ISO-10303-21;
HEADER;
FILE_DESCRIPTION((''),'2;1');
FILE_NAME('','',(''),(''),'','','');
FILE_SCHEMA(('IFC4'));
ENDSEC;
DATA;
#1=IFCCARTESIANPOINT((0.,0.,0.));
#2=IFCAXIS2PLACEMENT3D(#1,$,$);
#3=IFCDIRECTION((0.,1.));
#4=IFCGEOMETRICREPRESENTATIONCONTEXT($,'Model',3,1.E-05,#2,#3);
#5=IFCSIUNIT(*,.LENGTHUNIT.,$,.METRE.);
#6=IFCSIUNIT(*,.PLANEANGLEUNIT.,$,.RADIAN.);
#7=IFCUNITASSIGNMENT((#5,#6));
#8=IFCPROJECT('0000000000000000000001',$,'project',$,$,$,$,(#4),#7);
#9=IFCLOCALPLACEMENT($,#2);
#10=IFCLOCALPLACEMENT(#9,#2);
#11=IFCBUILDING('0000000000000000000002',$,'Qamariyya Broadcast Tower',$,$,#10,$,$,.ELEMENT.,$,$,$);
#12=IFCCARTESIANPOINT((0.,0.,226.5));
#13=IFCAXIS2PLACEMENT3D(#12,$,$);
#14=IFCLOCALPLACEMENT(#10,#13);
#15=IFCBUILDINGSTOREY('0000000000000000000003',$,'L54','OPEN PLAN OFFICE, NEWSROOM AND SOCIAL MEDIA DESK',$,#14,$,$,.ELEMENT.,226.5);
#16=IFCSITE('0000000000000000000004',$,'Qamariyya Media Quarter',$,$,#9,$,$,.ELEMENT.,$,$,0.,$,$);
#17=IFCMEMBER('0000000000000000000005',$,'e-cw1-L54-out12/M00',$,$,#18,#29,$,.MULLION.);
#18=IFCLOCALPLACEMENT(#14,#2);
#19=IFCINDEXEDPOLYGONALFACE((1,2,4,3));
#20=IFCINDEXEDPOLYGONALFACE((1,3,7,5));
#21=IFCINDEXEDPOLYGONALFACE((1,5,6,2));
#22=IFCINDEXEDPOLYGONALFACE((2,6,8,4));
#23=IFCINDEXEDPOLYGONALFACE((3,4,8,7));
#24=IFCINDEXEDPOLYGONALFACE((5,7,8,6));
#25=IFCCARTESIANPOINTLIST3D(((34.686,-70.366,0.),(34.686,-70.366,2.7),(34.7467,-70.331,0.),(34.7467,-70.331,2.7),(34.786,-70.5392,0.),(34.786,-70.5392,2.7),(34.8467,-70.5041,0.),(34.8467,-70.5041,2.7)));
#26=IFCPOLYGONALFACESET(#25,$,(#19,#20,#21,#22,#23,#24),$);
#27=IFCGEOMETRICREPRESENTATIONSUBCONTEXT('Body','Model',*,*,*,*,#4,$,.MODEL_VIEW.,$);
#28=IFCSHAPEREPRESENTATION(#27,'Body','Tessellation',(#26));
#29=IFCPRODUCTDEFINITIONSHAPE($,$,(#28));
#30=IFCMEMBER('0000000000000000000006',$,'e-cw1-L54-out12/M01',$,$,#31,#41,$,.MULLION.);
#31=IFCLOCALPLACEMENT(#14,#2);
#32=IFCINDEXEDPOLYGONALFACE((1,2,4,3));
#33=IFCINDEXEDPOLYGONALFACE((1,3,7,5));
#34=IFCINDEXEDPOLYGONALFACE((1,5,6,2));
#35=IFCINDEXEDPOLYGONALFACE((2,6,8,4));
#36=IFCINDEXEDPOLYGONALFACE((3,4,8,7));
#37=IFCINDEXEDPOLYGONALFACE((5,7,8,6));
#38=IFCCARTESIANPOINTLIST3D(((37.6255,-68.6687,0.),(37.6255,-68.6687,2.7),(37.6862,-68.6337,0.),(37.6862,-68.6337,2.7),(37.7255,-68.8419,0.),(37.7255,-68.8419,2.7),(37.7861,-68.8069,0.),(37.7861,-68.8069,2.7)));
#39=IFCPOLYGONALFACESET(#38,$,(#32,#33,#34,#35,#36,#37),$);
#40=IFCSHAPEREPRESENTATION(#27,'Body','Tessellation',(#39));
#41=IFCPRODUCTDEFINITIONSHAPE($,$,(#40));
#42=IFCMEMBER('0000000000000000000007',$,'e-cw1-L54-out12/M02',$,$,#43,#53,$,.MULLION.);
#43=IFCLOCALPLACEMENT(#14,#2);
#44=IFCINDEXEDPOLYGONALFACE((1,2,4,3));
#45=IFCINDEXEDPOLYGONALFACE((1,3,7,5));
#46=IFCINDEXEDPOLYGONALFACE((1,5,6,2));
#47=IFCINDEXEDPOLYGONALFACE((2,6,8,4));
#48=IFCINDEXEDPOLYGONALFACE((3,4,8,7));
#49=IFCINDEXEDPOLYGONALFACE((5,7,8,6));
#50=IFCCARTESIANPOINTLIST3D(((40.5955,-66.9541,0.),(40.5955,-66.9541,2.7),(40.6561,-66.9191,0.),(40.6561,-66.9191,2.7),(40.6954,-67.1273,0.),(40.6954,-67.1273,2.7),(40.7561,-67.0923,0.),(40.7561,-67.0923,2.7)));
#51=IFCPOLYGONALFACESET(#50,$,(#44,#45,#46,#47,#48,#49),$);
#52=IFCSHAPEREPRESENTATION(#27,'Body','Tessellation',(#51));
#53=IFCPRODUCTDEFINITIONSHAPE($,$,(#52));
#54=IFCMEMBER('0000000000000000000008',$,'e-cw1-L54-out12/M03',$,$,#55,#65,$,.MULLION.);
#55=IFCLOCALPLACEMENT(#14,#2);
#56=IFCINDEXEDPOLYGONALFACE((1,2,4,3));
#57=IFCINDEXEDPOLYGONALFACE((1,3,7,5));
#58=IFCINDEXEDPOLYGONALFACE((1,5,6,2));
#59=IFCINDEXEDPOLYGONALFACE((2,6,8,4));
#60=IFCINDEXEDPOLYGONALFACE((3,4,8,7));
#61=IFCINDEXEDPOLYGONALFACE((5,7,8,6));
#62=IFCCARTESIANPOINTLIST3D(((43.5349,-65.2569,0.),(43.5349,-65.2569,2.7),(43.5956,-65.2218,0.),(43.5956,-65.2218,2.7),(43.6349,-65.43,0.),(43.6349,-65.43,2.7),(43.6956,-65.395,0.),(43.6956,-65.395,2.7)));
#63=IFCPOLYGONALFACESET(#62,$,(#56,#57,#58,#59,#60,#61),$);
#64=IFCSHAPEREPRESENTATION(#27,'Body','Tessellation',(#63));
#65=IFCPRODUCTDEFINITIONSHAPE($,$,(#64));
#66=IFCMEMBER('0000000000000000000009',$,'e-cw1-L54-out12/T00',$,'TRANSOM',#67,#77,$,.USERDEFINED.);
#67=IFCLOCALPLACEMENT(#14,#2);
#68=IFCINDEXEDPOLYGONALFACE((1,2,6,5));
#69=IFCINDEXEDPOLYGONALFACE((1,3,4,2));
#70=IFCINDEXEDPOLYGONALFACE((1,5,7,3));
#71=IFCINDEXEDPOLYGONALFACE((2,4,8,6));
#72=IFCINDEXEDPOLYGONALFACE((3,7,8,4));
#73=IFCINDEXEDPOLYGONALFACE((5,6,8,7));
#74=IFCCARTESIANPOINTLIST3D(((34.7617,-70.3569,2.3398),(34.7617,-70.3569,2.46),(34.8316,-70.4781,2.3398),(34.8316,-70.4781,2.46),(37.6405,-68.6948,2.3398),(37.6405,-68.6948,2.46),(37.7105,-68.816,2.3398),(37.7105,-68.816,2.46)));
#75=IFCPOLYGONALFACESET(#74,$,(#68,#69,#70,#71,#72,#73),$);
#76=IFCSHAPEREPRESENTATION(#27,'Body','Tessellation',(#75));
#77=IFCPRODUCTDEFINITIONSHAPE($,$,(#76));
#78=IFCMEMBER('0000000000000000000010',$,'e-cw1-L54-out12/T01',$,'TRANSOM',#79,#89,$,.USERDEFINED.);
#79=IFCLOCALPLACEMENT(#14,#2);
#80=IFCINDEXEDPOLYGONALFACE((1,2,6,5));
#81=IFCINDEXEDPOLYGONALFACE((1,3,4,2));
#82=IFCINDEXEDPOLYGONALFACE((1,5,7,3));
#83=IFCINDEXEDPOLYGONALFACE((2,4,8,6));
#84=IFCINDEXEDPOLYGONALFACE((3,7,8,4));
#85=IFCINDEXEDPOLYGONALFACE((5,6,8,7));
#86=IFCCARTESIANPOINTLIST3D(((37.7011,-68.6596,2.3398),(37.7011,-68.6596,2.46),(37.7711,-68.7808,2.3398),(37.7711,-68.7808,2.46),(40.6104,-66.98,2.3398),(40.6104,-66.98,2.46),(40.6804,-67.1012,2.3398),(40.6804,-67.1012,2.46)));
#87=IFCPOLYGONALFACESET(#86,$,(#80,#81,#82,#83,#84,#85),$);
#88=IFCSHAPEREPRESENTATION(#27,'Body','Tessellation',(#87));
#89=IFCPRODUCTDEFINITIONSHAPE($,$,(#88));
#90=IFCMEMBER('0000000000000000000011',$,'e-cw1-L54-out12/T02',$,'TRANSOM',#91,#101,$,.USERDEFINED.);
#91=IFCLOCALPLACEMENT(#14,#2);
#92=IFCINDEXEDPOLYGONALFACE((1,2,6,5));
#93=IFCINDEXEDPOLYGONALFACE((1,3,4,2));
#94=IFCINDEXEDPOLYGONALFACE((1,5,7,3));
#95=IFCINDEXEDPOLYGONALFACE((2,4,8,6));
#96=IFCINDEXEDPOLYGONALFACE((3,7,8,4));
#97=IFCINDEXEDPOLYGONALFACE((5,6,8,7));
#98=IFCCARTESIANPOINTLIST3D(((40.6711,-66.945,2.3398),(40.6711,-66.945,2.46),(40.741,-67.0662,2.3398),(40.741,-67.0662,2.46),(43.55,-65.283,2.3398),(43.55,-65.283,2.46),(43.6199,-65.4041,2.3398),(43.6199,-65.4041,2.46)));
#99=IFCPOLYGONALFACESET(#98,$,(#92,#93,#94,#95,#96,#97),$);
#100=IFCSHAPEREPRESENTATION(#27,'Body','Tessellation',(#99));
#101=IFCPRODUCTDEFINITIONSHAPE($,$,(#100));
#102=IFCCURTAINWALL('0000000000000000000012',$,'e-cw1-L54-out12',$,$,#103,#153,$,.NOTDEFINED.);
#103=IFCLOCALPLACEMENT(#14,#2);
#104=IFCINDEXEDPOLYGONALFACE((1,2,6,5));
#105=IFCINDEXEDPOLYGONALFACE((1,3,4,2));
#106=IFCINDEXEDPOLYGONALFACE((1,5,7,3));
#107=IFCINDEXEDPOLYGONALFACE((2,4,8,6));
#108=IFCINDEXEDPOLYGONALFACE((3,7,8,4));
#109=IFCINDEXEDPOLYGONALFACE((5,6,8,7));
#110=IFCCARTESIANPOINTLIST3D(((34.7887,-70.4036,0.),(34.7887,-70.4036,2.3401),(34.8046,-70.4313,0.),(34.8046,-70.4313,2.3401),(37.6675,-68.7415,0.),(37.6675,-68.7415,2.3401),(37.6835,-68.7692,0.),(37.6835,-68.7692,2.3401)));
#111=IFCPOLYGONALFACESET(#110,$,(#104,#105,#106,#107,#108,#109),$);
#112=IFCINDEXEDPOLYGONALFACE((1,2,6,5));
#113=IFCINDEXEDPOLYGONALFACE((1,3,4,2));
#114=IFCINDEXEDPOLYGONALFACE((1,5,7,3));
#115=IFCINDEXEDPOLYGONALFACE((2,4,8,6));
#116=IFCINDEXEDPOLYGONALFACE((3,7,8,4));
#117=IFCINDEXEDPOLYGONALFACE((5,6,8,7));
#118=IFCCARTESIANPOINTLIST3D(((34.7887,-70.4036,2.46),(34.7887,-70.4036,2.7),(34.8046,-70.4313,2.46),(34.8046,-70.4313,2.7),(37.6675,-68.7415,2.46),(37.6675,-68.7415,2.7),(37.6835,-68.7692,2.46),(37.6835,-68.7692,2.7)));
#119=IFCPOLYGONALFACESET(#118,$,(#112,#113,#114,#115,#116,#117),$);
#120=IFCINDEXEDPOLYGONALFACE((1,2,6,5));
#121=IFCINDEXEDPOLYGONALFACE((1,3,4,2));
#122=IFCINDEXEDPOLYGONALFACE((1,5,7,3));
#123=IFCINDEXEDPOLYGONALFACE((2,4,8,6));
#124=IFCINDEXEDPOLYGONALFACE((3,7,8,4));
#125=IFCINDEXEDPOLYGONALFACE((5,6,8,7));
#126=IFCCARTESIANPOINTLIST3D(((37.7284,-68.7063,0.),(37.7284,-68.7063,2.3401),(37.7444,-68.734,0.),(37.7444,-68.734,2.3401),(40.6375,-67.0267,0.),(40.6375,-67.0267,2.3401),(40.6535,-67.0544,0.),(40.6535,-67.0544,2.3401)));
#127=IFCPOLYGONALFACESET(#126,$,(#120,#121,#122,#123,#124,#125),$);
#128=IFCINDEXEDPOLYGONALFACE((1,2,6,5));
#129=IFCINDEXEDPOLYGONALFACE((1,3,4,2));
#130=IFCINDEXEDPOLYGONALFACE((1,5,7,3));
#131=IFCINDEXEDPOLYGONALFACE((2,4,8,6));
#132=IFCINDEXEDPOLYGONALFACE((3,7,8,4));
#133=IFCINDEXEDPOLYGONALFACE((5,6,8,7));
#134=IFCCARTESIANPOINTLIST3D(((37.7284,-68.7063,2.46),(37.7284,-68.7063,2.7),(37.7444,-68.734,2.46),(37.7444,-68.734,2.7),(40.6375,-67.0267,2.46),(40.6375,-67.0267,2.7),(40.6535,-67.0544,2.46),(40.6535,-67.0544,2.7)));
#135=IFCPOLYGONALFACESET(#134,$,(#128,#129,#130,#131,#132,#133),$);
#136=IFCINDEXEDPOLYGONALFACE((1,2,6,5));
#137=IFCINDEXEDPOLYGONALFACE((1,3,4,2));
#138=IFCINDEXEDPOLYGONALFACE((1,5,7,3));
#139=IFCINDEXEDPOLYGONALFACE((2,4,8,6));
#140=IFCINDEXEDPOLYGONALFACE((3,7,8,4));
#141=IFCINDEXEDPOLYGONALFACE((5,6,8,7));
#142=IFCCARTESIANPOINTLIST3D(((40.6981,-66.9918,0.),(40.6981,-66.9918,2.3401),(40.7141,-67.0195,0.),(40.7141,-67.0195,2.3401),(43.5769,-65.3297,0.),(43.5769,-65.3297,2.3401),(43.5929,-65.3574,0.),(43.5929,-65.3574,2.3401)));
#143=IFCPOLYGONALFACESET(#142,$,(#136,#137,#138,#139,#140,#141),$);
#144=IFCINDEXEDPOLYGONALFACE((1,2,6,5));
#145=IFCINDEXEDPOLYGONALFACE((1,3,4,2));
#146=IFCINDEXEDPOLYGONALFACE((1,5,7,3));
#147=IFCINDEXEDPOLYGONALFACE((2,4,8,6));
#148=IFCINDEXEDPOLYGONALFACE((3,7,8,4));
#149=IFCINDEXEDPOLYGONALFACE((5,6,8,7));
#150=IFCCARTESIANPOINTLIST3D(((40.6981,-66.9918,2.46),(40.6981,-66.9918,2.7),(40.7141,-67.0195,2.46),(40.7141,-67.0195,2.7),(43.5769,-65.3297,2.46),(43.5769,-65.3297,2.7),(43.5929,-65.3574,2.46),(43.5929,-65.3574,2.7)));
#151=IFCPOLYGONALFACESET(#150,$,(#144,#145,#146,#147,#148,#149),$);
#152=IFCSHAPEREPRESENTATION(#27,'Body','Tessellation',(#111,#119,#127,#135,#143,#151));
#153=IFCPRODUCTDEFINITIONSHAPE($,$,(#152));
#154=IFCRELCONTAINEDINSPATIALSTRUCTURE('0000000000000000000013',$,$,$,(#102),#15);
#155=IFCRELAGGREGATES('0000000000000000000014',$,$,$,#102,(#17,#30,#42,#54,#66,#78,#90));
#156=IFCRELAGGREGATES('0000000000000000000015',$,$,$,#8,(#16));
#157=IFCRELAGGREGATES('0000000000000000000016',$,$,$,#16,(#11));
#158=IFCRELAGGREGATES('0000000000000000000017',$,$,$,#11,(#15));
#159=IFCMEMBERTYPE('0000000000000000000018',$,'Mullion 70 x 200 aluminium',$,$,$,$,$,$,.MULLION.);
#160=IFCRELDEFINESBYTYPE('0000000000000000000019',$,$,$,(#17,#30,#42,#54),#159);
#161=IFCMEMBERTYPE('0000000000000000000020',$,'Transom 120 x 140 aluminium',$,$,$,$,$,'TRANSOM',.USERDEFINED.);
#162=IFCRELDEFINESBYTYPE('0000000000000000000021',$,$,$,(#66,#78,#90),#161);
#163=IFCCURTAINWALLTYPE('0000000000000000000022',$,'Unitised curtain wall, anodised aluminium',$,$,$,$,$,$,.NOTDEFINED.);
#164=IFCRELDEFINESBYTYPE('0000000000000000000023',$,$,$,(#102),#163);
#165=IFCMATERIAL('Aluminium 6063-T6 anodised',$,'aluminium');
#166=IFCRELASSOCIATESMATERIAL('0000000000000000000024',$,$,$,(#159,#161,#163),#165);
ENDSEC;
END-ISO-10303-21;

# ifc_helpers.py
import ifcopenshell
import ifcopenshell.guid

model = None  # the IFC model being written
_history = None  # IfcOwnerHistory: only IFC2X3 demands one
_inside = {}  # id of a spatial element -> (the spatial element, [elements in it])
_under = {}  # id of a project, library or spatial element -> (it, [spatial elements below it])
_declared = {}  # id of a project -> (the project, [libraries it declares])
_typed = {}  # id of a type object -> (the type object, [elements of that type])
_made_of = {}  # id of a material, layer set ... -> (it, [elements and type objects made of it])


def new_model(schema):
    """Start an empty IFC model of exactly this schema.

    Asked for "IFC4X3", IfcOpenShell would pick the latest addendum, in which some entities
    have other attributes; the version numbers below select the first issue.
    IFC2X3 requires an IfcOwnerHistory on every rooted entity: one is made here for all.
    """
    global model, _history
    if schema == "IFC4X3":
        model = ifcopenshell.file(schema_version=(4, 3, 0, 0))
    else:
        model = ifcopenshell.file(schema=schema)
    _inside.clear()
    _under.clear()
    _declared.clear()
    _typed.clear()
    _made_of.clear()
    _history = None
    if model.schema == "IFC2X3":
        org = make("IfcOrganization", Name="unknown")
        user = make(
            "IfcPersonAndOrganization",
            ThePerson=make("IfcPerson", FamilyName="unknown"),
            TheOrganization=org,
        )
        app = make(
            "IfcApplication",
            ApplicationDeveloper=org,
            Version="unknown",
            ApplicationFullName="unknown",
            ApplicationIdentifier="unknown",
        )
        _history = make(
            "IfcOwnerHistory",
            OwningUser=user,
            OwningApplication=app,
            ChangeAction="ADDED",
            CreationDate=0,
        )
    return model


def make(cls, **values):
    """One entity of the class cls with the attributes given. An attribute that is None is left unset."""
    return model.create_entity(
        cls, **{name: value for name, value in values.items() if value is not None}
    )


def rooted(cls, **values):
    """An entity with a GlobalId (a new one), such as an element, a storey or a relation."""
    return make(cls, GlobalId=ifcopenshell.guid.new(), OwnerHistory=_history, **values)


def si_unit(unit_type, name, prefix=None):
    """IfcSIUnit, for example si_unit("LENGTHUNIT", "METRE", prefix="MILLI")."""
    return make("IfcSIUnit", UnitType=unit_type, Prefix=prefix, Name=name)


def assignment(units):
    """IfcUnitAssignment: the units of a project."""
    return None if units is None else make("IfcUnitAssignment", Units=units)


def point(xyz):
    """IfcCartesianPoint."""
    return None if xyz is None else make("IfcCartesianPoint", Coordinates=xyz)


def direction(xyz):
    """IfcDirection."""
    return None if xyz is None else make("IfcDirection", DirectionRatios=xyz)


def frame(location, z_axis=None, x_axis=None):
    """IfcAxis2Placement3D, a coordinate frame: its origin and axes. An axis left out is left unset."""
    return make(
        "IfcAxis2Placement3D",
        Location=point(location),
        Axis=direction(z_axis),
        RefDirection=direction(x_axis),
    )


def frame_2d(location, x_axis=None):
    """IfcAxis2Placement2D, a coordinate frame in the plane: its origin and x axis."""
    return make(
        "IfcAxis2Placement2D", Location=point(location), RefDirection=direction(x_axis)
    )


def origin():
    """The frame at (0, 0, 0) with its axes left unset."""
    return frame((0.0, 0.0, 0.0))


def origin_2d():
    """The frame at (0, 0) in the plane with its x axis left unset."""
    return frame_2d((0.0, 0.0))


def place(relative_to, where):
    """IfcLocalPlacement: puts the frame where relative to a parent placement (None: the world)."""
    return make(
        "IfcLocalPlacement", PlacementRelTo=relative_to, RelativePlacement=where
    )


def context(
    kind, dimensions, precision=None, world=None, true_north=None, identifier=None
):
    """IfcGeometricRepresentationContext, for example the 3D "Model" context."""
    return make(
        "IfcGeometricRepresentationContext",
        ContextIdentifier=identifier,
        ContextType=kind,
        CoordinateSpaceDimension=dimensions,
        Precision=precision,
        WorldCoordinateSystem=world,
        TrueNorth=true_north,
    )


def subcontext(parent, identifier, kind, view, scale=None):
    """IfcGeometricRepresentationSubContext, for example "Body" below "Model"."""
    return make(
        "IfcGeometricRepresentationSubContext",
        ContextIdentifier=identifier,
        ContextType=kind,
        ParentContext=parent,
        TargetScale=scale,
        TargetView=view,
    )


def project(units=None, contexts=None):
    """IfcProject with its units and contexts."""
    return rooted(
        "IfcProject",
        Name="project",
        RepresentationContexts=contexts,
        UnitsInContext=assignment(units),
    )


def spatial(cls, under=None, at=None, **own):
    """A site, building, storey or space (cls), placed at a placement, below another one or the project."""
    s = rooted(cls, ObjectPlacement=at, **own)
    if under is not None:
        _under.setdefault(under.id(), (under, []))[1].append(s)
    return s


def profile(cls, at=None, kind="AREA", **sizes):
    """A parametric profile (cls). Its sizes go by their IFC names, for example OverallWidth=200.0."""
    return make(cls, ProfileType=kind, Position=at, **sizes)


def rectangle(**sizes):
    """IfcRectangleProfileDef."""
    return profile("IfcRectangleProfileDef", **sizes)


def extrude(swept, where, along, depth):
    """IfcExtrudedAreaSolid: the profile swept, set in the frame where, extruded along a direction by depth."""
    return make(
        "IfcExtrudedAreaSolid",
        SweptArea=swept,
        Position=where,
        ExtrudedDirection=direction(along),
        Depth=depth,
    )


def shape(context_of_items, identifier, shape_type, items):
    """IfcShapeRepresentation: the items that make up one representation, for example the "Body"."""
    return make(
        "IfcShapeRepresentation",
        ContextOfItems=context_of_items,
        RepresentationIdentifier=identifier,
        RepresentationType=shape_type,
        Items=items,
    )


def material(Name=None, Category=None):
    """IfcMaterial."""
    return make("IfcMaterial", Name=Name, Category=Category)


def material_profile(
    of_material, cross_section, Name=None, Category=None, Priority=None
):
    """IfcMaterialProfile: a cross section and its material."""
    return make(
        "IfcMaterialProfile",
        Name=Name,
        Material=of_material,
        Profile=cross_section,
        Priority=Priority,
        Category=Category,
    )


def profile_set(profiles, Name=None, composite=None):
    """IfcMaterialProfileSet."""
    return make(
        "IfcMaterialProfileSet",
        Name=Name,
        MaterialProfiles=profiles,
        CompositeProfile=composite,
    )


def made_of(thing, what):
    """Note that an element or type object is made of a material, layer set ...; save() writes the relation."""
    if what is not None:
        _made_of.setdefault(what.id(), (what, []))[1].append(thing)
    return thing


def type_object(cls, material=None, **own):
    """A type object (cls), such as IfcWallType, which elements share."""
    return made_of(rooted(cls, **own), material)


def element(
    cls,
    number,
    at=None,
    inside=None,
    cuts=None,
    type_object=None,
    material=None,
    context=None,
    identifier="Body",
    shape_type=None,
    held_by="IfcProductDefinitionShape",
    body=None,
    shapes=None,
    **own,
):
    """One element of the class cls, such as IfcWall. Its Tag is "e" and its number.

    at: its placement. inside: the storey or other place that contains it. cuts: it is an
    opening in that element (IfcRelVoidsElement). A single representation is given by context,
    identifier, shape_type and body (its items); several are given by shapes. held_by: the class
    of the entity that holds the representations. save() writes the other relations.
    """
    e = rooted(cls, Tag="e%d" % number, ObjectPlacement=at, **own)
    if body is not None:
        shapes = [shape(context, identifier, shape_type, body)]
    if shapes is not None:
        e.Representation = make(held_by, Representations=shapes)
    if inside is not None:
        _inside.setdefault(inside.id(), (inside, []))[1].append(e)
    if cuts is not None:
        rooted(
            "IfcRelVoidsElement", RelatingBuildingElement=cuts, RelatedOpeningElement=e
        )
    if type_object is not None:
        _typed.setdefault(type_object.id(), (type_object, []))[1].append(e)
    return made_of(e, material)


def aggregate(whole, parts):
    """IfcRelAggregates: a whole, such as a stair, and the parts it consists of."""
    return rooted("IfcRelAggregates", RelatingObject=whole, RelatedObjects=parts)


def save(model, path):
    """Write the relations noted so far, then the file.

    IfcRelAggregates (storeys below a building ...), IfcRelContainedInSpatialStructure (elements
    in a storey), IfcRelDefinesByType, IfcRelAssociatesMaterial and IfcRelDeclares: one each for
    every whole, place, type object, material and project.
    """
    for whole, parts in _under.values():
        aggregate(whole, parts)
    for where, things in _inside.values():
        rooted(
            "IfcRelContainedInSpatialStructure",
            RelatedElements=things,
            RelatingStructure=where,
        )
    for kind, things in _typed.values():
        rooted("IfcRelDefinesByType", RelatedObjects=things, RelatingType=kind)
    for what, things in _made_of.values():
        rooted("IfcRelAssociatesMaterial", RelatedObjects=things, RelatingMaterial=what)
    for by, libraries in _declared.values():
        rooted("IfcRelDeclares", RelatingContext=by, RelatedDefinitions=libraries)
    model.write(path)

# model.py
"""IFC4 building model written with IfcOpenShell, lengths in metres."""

from ifc_helpers import new_model, si_unit, direction, frame, origin, origin_2d, place, context, subcontext, project, spatial, rectangle, extrude, material, material_profile, profile_set, type_object, element, aggregate, save


model = new_model("IFC4")

# Units and contexts
model_context = context("Model", 3, precision=1e-05, world=origin(), true_north=direction((0.0, 1.0)))
body_context = subcontext(model_context, "Body", "Model", "MODEL_VIEW")
ifc_project = project(units=[si_unit("LENGTHUNIT", "METRE"), si_unit("PLANEANGLEUNIT", "RADIAN")], contexts=[model_context])

# Members
ifc_material = material(Name="Aluminium 6063-T6 anodised", Category="aluminium")
ifc_material_profile_1 = material_profile(ifc_material, rectangle(XDim=0.2, YDim=0.0701, at=origin_2d()))
ifc_profile_set_1 = profile_set([ifc_material_profile_1], Name="Aluminium 6063-T6 anodised")
member_type_1 = type_object("IfcMemberType", Name="Mullion 70 x 200 aluminium", PredefinedType="MULLION", material=ifc_profile_set_1)
site_placement = place(None, origin())
building_placement = place(site_placement, origin())
storey_placement = place(building_placement, frame((0.0, 0.0, 226.5)))
member_1_placement = place(storey_placement, frame((34.7664, -70.4351, 0.0), z_axis=(0.0, 0.0, 1.0), x_axis=(-0.5, 0.866025, 0.0)))
member_1 = element("IfcMember", 1, at=member_1_placement, type_object=member_type_1, Name="e-cw1-L54-out12/M00", PredefinedType="MULLION", context=body_context, shape_type="SweptSolid", body=[
    extrude(rectangle(XDim=0.2, YDim=0.0701, at=origin_2d()), origin(), (0.0, 0.0, 1.0), 2.7),
])
member_2_placement = place(storey_placement, frame((37.7058, -68.7378, 0.0), z_axis=(0.0, 0.0, 1.0), x_axis=(-0.5, 0.866025, 0.0)))
member_2 = element("IfcMember", 2, at=member_2_placement, type_object=member_type_1, Name="e-cw1-L54-out12/M01", PredefinedType="MULLION", context=body_context, shape_type="SweptSolid", body=[
    extrude(rectangle(XDim=0.2, YDim=0.0701, at=origin_2d()), origin(), (0.0, 0.0, 1.0), 2.7),
])
member_3_placement = place(storey_placement, frame((40.6758, -67.0232, 0.0), z_axis=(0.0, 0.0, 1.0), x_axis=(-0.5, 0.866025, 0.0)))
member_3 = element("IfcMember", 3, at=member_3_placement, type_object=member_type_1, Name="e-cw1-L54-out12/M02", PredefinedType="MULLION", context=body_context, shape_type="SweptSolid", body=[
    extrude(rectangle(XDim=0.2, YDim=0.0701, at=origin_2d()), origin(), (0.0, 0.0, 1.0), 2.7),
])
member_4_placement = place(storey_placement, frame((43.6152, -65.3259, 0.0), z_axis=(0.0, 0.0, 1.0), x_axis=(-0.5, 0.866025, 0.0)))
member_4 = element("IfcMember", 4, at=member_4_placement, type_object=member_type_1, Name="e-cw1-L54-out12/M03", PredefinedType="MULLION", context=body_context, shape_type="SweptSolid", body=[
    extrude(rectangle(XDim=0.2, YDim=0.0701, at=origin_2d()), origin(), (0.0, 0.0, 1.0), 2.7),
])
ifc_material_profile_2 = material_profile(ifc_material, rectangle(XDim=0.1399, YDim=0.1201, at=origin_2d()))
ifc_profile_set_2 = profile_set([ifc_material_profile_2], Name="Aluminium 6063-T6 anodised")
member_type_2 = type_object("IfcMemberType", Name="Transom 120 x 140 aluminium", ElementType="TRANSOM", PredefinedType="USERDEFINED", material=ifc_profile_set_2)
member_5_placement = place(storey_placement, frame((34.7966, -70.4175, 2.3999), z_axis=(0.866029, 0.499994, 0.0), x_axis=(-0.499994, 0.866029, 0.0)))
member_5 = element("IfcMember", 5, at=member_5_placement, type_object=member_type_2, Name="e-cw1-L54-out12/T00", ObjectType="TRANSOM", PredefinedType="USERDEFINED", context=body_context, shape_type="SweptSolid", body=[
    extrude(rectangle(XDim=0.1399, YDim=0.1201, at=origin_2d()), origin(), (0.0, 0.0, 1.0), 3.3242),
])
member_6_placement = place(storey_placement, frame((37.7361, -68.7202, 2.3999), z_axis=(0.866034, 0.499985, 0.0), x_axis=(-0.499985, 0.866034, 0.0)))
member_6 = element("IfcMember", 6, at=member_6_placement, type_object=member_type_2, Name="e-cw1-L54-out12/T01", ObjectType="TRANSOM", PredefinedType="USERDEFINED", context=body_context, shape_type="SweptSolid", body=[
    extrude(rectangle(XDim=0.1399, YDim=0.1201, at=origin_2d()), origin(), (0.0, 0.0, 1.0), 3.3594),
])
member_7_placement = place(storey_placement, frame((40.7061, -67.0056, 2.3999), z_axis=(0.866029, 0.499994, 0.0), x_axis=(-0.499994, 0.866029, 0.0)))
member_7 = element("IfcMember", 7, at=member_7_placement, type_object=member_type_2, Name="e-cw1-L54-out12/T02", ObjectType="TRANSOM", PredefinedType="USERDEFINED", context=body_context, shape_type="SweptSolid", body=[
    extrude(rectangle(XDim=0.1399, YDim=0.1201, at=origin_2d()), origin(), (0.0, 0.0, 1.0), 3.3242),
])

# Site, building, storey
site = spatial("IfcSite", under=ifc_project, at=site_placement, Name="Qamariyya Media Quarter", CompositionType="ELEMENT", RefElevation=0.0)
building = spatial("IfcBuilding", under=site, at=building_placement, Name="Qamariyya Broadcast Tower", CompositionType="ELEMENT")
storey = spatial("IfcBuildingStorey", under=building, at=storey_placement, Name="L54", Description="OPEN PLAN OFFICE, NEWSROOM AND SOCIAL MEDIA DESK", CompositionType="ELEMENT", Elevation=226.5)

# Curtain wall
curtain_wall_type = type_object("IfcCurtainWallType", Name="Unitised curtain wall, anodised aluminium", PredefinedType="NOTDEFINED", material=ifc_material)
curtain_wall_1_placement = place(storey_placement, origin())
curtain_wall_1 = element("IfcCurtainWall", 8, at=curtain_wall_1_placement, inside=storey, type_object=curtain_wall_type, Name="e-cw1-L54-out12", PredefinedType="NOTDEFINED", context=body_context, shape_type="SweptSolid", body=[
    extrude(rectangle(XDim=3.3242, YDim=0.032, at=origin_2d()), frame((36.2361, -69.5864, 0.0), x_axis=(0.866028, 0.499996, 0.0)), (0.0, 0.0, 1.0), 2.3401),
    extrude(rectangle(XDim=3.3242, YDim=0.032, at=origin_2d()), frame((36.2361, -69.5864, 2.46), x_axis=(0.866028, 0.499996, 0.0)), (0.0, 0.0, 1.0), 0.24),
    extrude(rectangle(XDim=3.3591, YDim=0.032, at=origin_2d()), frame((39.1909, -67.8804, 0.0), x_axis=(0.866028, 0.499996, 0.0)), (0.0, 0.0, 1.0), 2.3401),
    extrude(rectangle(XDim=3.3591, YDim=0.032, at=origin_2d()), frame((39.1909, -67.8804, 2.46), x_axis=(0.866028, 0.499996, 0.0)), (0.0, 0.0, 1.0), 0.24),
    extrude(rectangle(XDim=3.3242, YDim=0.032, at=origin_2d()), frame((42.1455, -66.1746, 0.0), x_axis=(0.866028, 0.499996, 0.0)), (0.0, 0.0, 1.0), 2.3401),
    extrude(rectangle(XDim=3.3242, YDim=0.032, at=origin_2d()), frame((42.1455, -66.1746, 2.46), x_axis=(0.866028, 0.499996, 0.0)), (0.0, 0.0, 1.0), 0.24),
])
aggregate(curtain_wall_1, [member_1, member_2, member_3, member_4, member_5, member_6, member_7])

save(model, "model.ifc")
